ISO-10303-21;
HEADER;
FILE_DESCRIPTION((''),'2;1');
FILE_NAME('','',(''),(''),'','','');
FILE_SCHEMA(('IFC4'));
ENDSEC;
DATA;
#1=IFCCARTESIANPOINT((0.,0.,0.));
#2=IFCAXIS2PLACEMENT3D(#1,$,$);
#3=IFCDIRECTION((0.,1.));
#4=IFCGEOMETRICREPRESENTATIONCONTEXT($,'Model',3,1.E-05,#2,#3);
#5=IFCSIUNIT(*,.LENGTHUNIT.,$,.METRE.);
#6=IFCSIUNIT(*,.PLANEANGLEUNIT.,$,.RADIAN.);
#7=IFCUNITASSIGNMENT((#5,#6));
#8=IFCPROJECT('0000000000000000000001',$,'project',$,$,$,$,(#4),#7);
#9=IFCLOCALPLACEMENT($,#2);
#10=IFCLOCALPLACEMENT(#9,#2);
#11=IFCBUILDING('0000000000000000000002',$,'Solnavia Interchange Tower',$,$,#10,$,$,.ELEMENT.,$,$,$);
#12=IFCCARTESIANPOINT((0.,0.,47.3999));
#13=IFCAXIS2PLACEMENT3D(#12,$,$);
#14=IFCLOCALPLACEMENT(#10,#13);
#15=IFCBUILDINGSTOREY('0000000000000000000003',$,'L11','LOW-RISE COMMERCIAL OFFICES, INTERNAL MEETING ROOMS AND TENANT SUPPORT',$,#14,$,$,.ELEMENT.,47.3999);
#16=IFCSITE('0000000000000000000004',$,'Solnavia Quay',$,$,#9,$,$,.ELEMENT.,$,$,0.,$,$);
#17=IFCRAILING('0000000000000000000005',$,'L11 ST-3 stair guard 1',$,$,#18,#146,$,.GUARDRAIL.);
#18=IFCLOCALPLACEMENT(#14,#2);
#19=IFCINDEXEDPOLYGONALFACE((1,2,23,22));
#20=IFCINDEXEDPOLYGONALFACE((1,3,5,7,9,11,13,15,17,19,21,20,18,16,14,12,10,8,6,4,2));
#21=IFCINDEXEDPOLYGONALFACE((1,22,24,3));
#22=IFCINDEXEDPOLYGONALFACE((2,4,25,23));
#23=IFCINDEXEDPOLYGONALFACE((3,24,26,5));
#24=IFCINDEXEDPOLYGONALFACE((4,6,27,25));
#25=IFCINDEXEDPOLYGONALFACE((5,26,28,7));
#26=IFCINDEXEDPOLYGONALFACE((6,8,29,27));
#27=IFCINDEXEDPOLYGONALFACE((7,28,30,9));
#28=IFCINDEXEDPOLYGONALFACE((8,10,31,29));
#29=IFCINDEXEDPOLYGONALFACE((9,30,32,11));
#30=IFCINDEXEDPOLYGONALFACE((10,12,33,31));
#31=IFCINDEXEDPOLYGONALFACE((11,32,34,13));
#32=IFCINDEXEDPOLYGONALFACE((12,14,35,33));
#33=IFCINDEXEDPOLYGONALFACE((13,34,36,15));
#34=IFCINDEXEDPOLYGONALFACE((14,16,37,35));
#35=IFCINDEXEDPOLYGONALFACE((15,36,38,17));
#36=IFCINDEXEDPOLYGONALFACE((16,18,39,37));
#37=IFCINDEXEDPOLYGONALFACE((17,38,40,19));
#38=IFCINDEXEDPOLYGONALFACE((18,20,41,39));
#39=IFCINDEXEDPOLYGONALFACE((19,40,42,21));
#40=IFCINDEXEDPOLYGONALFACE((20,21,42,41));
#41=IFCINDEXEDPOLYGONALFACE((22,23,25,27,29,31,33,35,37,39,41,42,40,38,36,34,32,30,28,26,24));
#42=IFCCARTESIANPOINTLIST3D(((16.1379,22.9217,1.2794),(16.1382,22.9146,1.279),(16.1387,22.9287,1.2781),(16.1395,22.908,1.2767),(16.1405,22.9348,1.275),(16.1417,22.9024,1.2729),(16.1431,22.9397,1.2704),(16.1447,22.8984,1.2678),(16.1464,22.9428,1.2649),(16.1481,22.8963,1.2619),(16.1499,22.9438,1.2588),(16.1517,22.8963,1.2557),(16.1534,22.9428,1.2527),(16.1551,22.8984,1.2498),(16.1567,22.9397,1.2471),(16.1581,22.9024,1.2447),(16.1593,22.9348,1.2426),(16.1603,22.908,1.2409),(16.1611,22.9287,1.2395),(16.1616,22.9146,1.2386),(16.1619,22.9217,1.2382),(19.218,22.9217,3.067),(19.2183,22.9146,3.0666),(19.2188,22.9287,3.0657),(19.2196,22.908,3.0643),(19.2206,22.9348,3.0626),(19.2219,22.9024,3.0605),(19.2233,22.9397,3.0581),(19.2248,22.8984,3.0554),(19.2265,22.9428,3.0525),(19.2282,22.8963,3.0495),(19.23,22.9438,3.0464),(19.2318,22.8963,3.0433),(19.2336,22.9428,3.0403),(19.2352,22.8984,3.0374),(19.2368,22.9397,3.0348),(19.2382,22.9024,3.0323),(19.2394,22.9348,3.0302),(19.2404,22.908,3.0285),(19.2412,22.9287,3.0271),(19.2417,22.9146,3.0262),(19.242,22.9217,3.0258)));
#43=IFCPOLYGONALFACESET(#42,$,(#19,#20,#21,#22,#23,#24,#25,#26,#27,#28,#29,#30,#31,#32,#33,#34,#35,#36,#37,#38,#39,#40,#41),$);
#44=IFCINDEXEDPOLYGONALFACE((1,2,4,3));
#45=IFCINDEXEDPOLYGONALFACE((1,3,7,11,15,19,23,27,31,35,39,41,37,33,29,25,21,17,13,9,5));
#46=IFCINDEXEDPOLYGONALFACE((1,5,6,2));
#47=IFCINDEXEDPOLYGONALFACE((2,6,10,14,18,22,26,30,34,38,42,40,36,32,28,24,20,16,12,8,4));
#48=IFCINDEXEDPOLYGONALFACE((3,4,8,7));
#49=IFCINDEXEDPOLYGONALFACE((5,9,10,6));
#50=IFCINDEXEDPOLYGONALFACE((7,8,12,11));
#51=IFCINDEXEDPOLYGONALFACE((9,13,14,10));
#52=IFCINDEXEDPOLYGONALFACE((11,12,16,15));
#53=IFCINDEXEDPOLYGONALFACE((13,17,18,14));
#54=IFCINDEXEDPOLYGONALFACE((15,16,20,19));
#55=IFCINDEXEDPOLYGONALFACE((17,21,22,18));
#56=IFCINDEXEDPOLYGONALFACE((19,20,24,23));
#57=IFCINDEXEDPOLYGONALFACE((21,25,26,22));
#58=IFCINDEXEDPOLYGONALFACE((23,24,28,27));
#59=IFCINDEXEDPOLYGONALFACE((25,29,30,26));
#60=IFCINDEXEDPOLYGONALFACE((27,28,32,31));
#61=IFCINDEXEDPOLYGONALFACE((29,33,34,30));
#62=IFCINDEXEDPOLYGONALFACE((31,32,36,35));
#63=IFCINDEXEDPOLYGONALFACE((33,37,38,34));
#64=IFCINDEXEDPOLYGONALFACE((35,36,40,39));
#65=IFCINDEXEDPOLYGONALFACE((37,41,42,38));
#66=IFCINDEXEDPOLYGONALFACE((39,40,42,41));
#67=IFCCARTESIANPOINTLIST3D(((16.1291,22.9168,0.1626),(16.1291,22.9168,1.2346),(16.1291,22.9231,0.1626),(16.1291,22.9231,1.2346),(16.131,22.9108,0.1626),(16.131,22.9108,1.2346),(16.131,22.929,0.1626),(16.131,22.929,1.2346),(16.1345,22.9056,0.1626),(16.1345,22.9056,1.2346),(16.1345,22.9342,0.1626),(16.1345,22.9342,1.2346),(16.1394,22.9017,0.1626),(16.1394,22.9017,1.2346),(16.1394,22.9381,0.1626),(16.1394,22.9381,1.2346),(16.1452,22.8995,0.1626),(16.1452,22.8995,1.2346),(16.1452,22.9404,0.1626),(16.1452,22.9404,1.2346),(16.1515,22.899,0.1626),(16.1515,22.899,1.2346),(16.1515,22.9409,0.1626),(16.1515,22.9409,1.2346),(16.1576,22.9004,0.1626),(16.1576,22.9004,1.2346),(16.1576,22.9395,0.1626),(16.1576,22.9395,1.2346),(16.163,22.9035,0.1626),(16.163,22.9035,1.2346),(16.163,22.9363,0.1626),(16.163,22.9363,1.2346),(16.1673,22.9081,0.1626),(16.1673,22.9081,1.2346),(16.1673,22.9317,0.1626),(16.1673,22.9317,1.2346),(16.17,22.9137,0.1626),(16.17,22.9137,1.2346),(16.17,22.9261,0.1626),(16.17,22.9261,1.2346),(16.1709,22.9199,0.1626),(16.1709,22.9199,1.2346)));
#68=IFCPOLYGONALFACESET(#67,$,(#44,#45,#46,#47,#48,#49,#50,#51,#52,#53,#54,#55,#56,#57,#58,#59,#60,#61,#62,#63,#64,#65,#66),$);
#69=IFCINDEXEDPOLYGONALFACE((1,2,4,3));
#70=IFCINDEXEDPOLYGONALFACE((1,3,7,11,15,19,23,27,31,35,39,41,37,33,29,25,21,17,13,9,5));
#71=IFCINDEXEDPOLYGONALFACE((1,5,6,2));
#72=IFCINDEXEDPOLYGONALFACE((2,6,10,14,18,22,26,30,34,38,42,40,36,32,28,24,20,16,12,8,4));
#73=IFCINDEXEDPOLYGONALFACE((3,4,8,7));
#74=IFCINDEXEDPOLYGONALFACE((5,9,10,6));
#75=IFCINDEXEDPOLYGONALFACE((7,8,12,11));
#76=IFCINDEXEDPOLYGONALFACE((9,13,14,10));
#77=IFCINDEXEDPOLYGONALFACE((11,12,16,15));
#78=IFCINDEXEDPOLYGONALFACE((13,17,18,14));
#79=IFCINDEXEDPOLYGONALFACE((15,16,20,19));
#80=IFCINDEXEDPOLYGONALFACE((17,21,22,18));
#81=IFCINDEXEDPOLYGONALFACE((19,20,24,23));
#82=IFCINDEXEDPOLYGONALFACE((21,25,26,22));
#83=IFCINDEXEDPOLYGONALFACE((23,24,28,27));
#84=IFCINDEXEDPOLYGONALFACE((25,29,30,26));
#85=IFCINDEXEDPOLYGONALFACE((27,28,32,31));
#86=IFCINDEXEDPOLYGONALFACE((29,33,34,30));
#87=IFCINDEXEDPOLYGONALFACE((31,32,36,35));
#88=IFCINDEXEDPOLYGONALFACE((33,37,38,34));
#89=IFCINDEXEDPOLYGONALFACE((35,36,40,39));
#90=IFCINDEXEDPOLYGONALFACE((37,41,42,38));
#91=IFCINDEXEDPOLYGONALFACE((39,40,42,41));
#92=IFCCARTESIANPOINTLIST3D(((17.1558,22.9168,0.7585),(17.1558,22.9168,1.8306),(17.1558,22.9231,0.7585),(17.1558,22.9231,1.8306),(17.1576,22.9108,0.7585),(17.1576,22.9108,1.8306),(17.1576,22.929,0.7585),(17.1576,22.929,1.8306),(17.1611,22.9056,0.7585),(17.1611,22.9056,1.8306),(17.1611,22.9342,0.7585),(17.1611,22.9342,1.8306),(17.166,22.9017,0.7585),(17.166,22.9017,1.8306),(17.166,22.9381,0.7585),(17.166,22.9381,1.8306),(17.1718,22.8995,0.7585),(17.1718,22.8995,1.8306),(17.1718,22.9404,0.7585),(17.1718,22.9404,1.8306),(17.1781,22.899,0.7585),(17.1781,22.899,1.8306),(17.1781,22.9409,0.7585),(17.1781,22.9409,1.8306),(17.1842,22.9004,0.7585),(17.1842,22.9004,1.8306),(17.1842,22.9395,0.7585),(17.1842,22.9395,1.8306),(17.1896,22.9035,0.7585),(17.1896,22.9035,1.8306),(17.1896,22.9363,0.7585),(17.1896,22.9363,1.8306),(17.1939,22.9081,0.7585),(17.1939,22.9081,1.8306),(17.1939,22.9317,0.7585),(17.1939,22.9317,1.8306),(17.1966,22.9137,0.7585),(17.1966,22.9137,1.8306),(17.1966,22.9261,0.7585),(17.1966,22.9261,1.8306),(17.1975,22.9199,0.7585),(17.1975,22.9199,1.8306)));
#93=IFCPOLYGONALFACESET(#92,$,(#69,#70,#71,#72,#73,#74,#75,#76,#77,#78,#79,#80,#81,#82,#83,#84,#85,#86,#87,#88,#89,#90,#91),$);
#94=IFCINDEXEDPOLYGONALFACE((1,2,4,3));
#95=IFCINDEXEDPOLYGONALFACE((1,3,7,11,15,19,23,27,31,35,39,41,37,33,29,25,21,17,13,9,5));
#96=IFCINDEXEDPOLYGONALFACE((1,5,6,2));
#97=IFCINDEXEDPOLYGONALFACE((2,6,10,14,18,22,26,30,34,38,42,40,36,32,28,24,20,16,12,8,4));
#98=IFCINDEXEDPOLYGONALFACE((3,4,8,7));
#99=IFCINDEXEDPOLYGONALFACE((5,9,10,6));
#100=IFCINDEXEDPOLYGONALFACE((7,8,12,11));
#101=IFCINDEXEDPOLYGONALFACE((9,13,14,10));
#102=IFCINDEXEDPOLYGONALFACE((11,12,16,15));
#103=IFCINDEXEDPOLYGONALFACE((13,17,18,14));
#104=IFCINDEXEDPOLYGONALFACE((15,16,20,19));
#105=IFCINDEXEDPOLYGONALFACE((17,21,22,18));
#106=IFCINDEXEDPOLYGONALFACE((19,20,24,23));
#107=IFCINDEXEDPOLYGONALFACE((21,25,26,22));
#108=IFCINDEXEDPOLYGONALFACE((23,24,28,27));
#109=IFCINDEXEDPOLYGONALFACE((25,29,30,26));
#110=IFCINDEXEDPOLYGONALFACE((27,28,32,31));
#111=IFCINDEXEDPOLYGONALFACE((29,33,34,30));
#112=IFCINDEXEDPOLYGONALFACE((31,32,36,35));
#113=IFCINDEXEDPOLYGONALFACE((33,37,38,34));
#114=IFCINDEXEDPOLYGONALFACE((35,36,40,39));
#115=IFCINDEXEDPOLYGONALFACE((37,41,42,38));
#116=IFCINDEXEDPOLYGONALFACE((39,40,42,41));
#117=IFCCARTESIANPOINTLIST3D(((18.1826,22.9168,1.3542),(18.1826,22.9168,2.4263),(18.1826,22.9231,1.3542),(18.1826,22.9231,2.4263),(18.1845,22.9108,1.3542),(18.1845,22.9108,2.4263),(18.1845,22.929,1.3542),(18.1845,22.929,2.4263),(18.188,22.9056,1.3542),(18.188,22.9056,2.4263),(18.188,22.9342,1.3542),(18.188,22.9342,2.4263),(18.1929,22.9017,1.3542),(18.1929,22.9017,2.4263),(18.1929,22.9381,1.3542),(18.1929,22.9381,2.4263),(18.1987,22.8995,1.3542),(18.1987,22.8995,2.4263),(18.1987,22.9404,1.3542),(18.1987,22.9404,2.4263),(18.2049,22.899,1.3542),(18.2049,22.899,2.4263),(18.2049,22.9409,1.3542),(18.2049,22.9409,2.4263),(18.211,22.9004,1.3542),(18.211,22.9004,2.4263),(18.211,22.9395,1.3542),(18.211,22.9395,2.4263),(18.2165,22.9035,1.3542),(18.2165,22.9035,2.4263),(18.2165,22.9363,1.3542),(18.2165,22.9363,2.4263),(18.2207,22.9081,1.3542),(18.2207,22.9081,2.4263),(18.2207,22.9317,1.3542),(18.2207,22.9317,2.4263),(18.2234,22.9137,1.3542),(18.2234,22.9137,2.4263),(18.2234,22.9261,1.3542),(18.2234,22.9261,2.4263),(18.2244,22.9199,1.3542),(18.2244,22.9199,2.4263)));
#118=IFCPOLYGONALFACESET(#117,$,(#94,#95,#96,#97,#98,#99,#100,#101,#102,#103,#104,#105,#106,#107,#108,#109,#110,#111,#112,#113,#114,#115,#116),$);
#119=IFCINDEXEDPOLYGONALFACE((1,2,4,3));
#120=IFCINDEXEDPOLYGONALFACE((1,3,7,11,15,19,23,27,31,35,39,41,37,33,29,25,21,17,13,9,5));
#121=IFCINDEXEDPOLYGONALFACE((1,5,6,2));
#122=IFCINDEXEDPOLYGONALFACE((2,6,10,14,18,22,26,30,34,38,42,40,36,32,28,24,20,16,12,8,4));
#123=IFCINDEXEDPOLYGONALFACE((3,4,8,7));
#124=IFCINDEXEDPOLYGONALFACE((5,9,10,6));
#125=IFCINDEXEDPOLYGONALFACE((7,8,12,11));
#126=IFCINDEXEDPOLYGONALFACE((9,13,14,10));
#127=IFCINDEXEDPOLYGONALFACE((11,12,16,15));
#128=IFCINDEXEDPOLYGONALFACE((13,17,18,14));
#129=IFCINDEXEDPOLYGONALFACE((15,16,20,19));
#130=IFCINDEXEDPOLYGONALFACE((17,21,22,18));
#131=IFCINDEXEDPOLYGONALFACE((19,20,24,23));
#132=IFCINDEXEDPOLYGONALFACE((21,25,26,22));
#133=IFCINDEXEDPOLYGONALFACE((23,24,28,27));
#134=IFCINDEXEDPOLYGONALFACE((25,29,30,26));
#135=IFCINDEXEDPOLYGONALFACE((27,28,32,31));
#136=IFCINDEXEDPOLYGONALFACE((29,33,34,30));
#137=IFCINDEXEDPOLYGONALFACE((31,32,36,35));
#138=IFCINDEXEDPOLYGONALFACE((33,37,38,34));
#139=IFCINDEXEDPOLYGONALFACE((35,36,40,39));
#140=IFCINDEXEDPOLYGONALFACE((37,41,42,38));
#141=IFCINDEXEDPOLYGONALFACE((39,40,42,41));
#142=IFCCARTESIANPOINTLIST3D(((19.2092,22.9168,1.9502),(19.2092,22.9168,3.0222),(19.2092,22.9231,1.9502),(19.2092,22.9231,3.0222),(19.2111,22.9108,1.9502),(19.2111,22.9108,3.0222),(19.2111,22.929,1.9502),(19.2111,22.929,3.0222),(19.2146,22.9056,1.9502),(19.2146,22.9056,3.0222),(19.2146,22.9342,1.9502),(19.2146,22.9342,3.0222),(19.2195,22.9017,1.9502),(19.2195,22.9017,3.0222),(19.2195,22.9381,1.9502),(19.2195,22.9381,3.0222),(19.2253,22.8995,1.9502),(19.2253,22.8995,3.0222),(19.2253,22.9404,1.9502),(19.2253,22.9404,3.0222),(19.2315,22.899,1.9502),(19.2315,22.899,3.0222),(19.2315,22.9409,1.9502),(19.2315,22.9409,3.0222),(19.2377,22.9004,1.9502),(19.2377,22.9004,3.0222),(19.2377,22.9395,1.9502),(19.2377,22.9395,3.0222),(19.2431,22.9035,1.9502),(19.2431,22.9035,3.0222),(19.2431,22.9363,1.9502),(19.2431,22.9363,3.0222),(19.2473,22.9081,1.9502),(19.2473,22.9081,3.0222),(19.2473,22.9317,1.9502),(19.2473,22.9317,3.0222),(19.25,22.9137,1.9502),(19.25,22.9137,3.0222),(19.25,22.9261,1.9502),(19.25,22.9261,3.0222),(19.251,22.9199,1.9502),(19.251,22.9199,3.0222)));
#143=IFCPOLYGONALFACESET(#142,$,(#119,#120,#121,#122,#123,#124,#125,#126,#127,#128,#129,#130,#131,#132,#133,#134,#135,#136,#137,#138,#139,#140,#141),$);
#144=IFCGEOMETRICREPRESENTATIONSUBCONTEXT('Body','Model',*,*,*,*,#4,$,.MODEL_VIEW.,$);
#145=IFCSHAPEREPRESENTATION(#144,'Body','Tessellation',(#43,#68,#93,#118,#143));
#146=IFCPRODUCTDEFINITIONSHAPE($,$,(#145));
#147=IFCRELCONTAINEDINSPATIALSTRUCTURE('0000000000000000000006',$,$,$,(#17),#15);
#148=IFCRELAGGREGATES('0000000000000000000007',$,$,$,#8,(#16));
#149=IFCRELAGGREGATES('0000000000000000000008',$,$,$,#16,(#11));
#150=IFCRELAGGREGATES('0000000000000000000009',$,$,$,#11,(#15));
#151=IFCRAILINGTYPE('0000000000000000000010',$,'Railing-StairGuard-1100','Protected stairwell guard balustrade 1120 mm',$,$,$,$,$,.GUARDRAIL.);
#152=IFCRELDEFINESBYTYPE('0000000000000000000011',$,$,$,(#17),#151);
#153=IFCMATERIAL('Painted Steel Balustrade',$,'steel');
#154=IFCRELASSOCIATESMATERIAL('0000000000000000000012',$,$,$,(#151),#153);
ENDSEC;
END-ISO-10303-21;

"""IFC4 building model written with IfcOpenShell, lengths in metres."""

from ifc_helpers import new_model, si_unit, direction, frame, origin, origin_2d, place, context, subcontext, project, spatial, circle, extrude, material, type_object, element, save


model = new_model("IFC4")

# Units and contexts
model_context = context("Model", 3, precision=1e-05, world=origin(), true_north=direction((0.0, 1.0)))
body_context = subcontext(model_context, "Body", "Model", "MODEL_VIEW")
ifc_project = project(units=[si_unit("LENGTHUNIT", "METRE"), si_unit("PLANEANGLEUNIT", "RADIAN")], contexts=[model_context])

# Site, building, storey
site_placement = place(None, origin())
site = spatial("IfcSite", under=ifc_project, at=site_placement, Name="Solnavia Quay", CompositionType="ELEMENT", RefElevation=0.0)
building_placement = place(site_placement, origin())
building = spatial("IfcBuilding", under=site, at=building_placement, Name="Solnavia Interchange Tower", CompositionType="ELEMENT")
storey_placement = place(building_placement, frame((0.0, 0.0, 47.3999)))
storey = spatial("IfcBuildingStorey", under=building, at=storey_placement, Name="L11", Description="LOW-RISE COMMERCIAL OFFICES, INTERNAL MEETING ROOMS AND TENANT SUPPORT", CompositionType="ELEMENT", Elevation=47.3999)

# Railing
ifc_material_1 = material(Name="Painted Steel Balustrade", Category="steel")
railing_type_1 = type_object("IfcRailingType", Name="Railing-StairGuard-1100", Description="Protected stairwell guard balustrade 1120 mm", PredefinedType="GUARDRAIL", material=ifc_material_1)
railing_1_placement = place(storey_placement, frame((16.1499, 22.9199, 0.1626)))
element("IfcRailing", 1, at=railing_1_placement, inside=storey, type_object=railing_type_1, Name="L11 ST-3 stair guard 1", PredefinedType="GUARDRAIL", context=body_context, shape_type="SweptSolid", body=[
    extrude(circle(Radius=0.0239, at=origin_2d()), frame((0.0, 0.0, 1.0962), z_axis=(0.864891, 0.0, 0.50196), x_axis=(0.0, 1.0, 0.0)), (0.0, 0.0, 1.0), 3.5613),
    extrude(circle(Radius=0.021, at=origin_2d()), origin(), (0.0, 0.0, 1.0), 1.072),
    extrude(circle(Radius=0.021, at=origin_2d()), frame((1.0266, 0.0, 0.5959)), (0.0, 0.0, 1.0), 1.072),
    extrude(circle(Radius=0.021, at=origin_2d()), frame((2.0535, 0.0, 1.1917)), (0.0, 0.0, 1.0), 1.072),
    extrude(circle(Radius=0.021, at=origin_2d()), frame((3.0801, 0.0, 1.7876)), (0.0, 0.0, 1.0), 1.072),
])

save(model, "model.ifc")
